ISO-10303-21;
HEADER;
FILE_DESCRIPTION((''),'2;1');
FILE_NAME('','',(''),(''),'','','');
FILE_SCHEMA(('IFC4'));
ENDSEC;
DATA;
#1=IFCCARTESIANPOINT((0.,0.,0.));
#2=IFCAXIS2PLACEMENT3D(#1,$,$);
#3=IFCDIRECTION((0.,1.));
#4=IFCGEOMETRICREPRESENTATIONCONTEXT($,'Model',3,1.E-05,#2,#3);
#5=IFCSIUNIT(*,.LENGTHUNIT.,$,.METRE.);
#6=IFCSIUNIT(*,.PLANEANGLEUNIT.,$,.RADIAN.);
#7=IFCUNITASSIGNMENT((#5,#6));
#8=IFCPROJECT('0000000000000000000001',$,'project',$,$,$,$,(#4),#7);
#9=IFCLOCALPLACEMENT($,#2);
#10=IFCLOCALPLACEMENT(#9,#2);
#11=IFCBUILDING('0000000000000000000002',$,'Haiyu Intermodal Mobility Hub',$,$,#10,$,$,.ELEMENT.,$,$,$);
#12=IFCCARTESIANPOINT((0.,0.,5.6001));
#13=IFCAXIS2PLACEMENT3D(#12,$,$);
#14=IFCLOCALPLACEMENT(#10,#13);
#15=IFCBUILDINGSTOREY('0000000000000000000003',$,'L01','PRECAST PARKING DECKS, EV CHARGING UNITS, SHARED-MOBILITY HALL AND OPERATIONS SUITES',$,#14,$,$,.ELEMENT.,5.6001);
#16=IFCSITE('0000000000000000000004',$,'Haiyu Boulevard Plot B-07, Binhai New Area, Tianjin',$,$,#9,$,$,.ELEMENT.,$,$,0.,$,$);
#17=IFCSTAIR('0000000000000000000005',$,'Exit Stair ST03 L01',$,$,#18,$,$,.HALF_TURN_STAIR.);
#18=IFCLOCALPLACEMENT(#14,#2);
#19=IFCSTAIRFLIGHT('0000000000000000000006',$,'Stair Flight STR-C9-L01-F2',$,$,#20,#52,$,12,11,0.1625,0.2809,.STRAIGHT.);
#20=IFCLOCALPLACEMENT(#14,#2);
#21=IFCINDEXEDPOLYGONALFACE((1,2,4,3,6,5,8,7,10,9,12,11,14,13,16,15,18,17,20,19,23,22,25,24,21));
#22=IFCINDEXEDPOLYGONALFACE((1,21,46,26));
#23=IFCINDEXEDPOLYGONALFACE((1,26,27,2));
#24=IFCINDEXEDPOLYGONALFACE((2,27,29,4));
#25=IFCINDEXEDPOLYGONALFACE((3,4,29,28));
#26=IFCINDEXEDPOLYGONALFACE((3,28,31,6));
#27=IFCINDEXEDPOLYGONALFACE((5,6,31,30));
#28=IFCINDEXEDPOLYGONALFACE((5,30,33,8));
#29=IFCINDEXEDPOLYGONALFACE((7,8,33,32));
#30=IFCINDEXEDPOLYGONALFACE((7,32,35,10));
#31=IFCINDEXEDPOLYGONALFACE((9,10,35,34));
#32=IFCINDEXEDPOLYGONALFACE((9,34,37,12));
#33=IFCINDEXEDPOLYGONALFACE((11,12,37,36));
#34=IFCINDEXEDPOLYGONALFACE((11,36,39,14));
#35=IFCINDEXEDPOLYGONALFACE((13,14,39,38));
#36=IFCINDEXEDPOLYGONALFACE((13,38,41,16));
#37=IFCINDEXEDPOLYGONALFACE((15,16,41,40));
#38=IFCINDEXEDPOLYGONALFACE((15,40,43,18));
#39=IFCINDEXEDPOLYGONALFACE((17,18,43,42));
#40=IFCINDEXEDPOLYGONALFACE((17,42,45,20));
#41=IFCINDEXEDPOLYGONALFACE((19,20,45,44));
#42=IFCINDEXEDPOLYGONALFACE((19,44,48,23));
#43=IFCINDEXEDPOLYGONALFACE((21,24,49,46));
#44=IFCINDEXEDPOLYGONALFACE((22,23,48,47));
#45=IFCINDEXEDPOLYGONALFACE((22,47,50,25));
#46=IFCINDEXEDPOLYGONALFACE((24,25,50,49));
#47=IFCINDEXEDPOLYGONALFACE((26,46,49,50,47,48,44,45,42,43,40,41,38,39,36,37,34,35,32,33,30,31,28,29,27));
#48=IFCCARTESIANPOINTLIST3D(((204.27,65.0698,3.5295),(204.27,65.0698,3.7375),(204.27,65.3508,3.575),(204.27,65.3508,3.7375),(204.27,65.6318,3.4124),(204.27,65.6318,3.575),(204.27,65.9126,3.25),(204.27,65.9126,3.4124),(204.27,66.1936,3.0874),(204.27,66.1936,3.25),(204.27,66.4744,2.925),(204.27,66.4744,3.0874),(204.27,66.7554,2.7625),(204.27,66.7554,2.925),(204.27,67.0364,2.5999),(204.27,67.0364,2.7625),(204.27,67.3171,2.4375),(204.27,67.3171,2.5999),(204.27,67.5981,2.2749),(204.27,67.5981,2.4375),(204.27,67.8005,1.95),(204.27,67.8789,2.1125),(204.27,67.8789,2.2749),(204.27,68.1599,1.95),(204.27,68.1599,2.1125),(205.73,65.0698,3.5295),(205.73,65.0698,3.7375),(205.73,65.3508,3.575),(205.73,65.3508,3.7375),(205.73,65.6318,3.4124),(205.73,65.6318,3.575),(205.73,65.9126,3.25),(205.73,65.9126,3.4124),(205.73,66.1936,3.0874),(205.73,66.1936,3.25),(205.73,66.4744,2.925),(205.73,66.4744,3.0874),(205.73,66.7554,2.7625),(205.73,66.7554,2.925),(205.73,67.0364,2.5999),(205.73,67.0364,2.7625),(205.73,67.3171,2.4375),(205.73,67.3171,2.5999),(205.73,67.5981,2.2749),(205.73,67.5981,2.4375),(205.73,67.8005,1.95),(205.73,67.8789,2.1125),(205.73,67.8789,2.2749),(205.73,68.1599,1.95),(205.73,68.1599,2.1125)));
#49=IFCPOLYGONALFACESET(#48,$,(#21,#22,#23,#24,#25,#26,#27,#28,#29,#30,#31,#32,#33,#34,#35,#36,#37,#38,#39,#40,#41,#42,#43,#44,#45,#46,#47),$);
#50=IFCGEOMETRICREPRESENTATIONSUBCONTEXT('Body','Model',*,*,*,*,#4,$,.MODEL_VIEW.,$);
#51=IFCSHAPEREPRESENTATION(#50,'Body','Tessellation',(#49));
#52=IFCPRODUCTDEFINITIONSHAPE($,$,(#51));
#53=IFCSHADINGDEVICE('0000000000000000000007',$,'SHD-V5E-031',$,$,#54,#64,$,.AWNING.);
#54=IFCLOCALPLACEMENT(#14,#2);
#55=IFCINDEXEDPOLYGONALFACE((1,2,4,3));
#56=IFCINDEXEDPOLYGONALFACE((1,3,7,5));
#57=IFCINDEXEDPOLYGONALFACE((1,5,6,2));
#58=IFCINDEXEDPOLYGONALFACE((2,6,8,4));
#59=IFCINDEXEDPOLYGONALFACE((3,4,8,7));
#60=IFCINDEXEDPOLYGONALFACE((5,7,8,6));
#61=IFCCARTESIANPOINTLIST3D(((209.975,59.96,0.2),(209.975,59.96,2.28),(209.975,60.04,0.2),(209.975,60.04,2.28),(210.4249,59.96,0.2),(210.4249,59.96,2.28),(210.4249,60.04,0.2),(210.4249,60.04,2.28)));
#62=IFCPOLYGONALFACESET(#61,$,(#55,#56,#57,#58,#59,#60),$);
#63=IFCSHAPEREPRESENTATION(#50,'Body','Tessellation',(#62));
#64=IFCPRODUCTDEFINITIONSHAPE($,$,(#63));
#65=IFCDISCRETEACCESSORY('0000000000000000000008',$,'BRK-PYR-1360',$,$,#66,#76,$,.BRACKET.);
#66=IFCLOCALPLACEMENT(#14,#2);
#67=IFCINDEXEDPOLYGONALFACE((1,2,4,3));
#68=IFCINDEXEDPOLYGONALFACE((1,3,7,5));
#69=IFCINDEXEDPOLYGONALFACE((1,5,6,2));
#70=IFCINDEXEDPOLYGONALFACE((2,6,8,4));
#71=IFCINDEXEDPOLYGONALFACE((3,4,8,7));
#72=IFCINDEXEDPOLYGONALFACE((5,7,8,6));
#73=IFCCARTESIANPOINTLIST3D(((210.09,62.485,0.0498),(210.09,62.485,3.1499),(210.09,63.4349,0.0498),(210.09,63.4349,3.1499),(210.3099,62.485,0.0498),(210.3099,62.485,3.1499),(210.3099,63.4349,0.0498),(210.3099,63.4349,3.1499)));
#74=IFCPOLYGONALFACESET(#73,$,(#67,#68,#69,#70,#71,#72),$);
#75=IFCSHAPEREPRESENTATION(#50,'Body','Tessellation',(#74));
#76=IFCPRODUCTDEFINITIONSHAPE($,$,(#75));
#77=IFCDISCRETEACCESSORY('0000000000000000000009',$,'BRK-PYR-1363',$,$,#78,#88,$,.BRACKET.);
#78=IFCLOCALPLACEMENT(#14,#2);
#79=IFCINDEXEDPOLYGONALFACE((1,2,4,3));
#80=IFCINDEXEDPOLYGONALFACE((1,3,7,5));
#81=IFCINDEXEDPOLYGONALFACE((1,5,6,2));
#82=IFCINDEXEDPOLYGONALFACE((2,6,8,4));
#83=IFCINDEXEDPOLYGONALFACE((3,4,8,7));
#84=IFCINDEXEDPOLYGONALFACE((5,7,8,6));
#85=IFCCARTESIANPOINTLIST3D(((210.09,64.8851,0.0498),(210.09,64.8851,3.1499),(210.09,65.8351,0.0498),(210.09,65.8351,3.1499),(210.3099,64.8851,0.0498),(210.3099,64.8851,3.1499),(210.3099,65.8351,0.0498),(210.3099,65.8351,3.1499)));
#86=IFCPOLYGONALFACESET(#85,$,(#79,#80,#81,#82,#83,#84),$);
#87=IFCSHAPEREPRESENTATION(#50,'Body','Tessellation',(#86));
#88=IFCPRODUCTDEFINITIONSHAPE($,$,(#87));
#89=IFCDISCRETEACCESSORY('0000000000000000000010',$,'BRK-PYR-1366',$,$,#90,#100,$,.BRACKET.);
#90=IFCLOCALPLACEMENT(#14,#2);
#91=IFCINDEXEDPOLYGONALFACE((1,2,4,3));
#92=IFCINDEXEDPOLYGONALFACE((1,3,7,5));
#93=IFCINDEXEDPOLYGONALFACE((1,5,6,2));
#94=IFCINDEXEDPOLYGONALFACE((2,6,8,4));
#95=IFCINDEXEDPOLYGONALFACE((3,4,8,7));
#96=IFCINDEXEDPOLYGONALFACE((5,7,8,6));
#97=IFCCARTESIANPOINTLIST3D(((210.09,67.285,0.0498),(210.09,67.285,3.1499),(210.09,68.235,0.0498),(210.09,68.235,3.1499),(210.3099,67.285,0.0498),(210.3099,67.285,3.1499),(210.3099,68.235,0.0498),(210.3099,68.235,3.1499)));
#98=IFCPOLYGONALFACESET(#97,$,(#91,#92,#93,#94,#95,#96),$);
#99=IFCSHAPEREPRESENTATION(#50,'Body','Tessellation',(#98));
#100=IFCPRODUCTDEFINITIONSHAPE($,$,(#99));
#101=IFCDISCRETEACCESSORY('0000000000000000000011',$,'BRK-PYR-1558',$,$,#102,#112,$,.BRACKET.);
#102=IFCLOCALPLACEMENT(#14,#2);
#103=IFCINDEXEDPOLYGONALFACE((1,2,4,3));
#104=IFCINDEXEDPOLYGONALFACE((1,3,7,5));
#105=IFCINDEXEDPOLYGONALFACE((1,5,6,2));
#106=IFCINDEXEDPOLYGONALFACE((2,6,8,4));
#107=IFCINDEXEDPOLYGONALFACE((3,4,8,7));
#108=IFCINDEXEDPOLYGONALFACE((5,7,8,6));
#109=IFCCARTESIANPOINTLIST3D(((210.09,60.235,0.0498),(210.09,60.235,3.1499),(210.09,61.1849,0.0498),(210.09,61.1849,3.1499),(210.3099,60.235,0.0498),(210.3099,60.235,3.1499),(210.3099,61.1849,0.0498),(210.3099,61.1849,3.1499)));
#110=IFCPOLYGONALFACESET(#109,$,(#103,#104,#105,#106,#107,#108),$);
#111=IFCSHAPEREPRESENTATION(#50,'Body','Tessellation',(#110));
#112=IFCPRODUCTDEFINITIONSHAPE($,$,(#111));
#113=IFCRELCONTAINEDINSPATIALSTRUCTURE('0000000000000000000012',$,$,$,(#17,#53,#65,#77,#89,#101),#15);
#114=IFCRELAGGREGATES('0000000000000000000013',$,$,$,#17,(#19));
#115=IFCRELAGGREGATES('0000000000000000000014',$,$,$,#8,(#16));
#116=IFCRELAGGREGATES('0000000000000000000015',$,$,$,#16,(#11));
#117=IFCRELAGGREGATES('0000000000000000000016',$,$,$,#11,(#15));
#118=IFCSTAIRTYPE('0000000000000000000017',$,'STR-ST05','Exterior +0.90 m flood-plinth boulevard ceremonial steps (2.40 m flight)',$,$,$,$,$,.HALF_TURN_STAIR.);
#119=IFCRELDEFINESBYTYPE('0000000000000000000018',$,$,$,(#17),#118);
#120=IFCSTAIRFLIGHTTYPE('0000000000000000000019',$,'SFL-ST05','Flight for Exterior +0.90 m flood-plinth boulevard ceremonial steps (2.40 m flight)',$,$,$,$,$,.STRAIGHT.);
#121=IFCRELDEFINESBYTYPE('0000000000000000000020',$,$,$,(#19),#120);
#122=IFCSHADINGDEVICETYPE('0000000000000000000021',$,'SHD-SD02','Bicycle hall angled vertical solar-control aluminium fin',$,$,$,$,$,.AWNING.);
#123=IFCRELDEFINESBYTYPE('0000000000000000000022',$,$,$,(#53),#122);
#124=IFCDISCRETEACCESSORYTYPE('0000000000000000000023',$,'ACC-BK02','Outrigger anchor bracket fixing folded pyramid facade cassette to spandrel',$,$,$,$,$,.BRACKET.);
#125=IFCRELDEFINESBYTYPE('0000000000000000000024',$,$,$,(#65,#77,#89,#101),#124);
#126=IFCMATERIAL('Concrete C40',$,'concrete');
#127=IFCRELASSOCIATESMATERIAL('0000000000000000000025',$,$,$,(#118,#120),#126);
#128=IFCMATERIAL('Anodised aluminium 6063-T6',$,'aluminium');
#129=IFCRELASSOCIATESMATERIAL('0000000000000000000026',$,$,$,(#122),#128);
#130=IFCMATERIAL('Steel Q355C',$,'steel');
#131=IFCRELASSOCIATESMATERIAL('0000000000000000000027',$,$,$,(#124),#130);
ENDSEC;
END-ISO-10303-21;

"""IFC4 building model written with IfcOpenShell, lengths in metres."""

from ifc_helpers import new_model, si_unit, direction, frame, origin, origin_2d, place, context, subcontext, project, spatial, polyline, rectangle, outline, extrude, material, material_profile, profile_set, type_object, element, aggregate, save


model = new_model("IFC4")

# Units and contexts
model_context = context("Model", 3, precision=1e-05, world=origin(), true_north=direction((0.0, 1.0)))
body_context = subcontext(model_context, "Body", "Model", "MODEL_VIEW")
ifc_project = project(units=[si_unit("LENGTHUNIT", "METRE"), si_unit("PLANEANGLEUNIT", "RADIAN")], contexts=[model_context])

# Site, building, storey
site_placement = place(None, origin())
site = spatial("IfcSite", under=ifc_project, at=site_placement, Name="Haiyu Boulevard Plot B-07, Binhai New Area, Tianjin", CompositionType="ELEMENT", RefElevation=0.0)
building_placement = place(site_placement, origin())
building = spatial("IfcBuilding", under=site, at=building_placement, Name="Haiyu Intermodal Mobility Hub", CompositionType="ELEMENT")
storey_placement = place(building_placement, frame((0.0, 0.0, 5.6001)))
storey = spatial("IfcBuildingStorey", under=building, at=storey_placement, Name="L01", Description="PRECAST PARKING DECKS, EV CHARGING UNITS, SHARED-MOBILITY HALL AND OPERATIONS SUITES", CompositionType="ELEMENT", Elevation=5.6001)

# Shared definitions
ifc_material_1 = material(Name="Concrete C40", Category="concrete")

# Shared definitions
ifc_material_2 = material(Name="Anodised aluminium 6063-T6", Category="aluminium")

# Shared definitions
ifc_material_3 = material(Name="Steel Q355C", Category="steel")

# Stair, stair flight
stair_type = type_object("IfcStairType", Name="STR-ST05", Description="Exterior +0.90 m flood-plinth boulevard ceremonial steps (2.40 m flight)", PredefinedType="HALF_TURN_STAIR", material=ifc_material_1)
stair_placement = place(storey_placement, origin())
stair = element("IfcStair", 1, at=stair_placement, inside=storey, type_object=stair_type, Name="Exit Stair ST03 L01", PredefinedType="HALF_TURN_STAIR")
stair_flight_type = type_object("IfcStairFlightType", Name="SFL-ST05", Description="Flight for Exterior +0.90 m flood-plinth boulevard ceremonial steps (2.40 m flight)", PredefinedType="STRAIGHT", material=ifc_material_1)
stair_flight_1_placement = place(storey_placement, frame((205.0, 68.1599, 1.95), z_axis=(0.0, 0.0, 1.0), x_axis=(0.0, -1.0, 0.0)))
stair_flight_1 = element("IfcStairFlight", 2, at=stair_flight_1_placement, type_object=stair_flight_type, Name="Stair Flight STR-C9-L01-F2", NumberOfRisers=12, NumberOfTreads=11, PredefinedType="STRAIGHT", RiserHeight=0.1625, TreadLength=0.2809, context=body_context, shape_type="SweptSolid", body=[
    extrude(outline(polyline([(0.0, 0.0), (0.0, 0.1626), (0.281, 0.1626), (0.281, 0.325), (0.5618, 0.325), (0.5618, 0.4875), (0.8428, 0.4875), (0.8428, 0.6499), (1.1235, 0.6499), (1.1235, 0.8125), (1.4045, 0.8125), (1.4045, 0.9751), (1.6855, 0.9751), (1.6855, 1.1375), (1.9663, 1.1375), (1.9663, 1.3), (2.2473, 1.3), (2.2473, 1.4624), (2.5281, 1.4624), (2.5281, 1.625), (2.8091, 1.625), (2.8091, 1.7876), (3.0901, 1.7876), (3.0901, 1.95), (3.0901, 1.5796), (0.3594, 0.0), (0.0, 0.0)])), frame((0.0, 0.73, 0.0), z_axis=(0.0, -1.0, 0.0), x_axis=(1.0, 0.0, 0.0)), (0.0, 0.0, 1.0), 1.46),
])
aggregate(stair, [stair_flight_1])

# Shading device
ifc_material_profile_1 = material_profile(ifc_material_2, rectangle(XDim=0.0701, YDim=0.55, at=origin_2d()), Name="FIN70x550")
ifc_profile_set_1 = profile_set([ifc_material_profile_1], Name="Anodised aluminium 6063-T6")
shading_device_type = type_object("IfcShadingDeviceType", Name="SHD-SD02", Description="Bicycle hall angled vertical solar-control aluminium fin", PredefinedType="AWNING", material=ifc_profile_set_1)
shading_device_placement = place(storey_placement, frame((210.2, 60.0, 0.2), z_axis=(0.0, 0.0, 1.0), x_axis=(1.0, 0.0, 0.0)))
element("IfcShadingDevice", 3, at=shading_device_placement, inside=storey, type_object=shading_device_type, Name="SHD-V5E-031", PredefinedType="AWNING", context=body_context, shape_type="SweptSolid", body=[
    extrude(rectangle(XDim=0.45, YDim=0.0801, at=origin_2d()), origin(), (0.0, 0.0, 1.0), 2.0801),
])

# Discrete accessories
discrete_accessory_type = type_object("IfcDiscreteAccessoryType", Name="ACC-BK02", Description="Outrigger anchor bracket fixing folded pyramid facade cassette to spandrel", PredefinedType="BRACKET", material=ifc_material_3)
for number, where, z_axis, x_axis, name in (
    (4, (210.2, 62.96, 0.0498), (0.0, 0.0, 1.0), (1.0, 0.0, 0.0), "BRK-PYR-1360"),
    (5, (210.2, 65.3601, 0.0498), (0.0, 0.0, 1.0), (1.0, 0.0, 0.0), "BRK-PYR-1363"),
    (6, (210.2, 67.76, 0.0498), (0.0, 0.0, 1.0), (1.0, 0.0, 0.0), "BRK-PYR-1366"),
    (7, (210.2, 60.71, 0.0498), (0.0, 0.0, 1.0), (1.0, 0.0, 0.0), "BRK-PYR-1558"),
):
    element("IfcDiscreteAccessory", number, at=place(storey_placement, frame(where, z_axis=z_axis, x_axis=x_axis)), inside=storey, type_object=discrete_accessory_type, Name=name, PredefinedType="BRACKET", context=body_context, shape_type="SweptSolid", body=[
        extrude(rectangle(XDim=0.22, YDim=0.95, at=origin_2d()), origin(), (0.0, 0.0, 1.0), 3.1001),
    ])

save(model, "model.ifc")
